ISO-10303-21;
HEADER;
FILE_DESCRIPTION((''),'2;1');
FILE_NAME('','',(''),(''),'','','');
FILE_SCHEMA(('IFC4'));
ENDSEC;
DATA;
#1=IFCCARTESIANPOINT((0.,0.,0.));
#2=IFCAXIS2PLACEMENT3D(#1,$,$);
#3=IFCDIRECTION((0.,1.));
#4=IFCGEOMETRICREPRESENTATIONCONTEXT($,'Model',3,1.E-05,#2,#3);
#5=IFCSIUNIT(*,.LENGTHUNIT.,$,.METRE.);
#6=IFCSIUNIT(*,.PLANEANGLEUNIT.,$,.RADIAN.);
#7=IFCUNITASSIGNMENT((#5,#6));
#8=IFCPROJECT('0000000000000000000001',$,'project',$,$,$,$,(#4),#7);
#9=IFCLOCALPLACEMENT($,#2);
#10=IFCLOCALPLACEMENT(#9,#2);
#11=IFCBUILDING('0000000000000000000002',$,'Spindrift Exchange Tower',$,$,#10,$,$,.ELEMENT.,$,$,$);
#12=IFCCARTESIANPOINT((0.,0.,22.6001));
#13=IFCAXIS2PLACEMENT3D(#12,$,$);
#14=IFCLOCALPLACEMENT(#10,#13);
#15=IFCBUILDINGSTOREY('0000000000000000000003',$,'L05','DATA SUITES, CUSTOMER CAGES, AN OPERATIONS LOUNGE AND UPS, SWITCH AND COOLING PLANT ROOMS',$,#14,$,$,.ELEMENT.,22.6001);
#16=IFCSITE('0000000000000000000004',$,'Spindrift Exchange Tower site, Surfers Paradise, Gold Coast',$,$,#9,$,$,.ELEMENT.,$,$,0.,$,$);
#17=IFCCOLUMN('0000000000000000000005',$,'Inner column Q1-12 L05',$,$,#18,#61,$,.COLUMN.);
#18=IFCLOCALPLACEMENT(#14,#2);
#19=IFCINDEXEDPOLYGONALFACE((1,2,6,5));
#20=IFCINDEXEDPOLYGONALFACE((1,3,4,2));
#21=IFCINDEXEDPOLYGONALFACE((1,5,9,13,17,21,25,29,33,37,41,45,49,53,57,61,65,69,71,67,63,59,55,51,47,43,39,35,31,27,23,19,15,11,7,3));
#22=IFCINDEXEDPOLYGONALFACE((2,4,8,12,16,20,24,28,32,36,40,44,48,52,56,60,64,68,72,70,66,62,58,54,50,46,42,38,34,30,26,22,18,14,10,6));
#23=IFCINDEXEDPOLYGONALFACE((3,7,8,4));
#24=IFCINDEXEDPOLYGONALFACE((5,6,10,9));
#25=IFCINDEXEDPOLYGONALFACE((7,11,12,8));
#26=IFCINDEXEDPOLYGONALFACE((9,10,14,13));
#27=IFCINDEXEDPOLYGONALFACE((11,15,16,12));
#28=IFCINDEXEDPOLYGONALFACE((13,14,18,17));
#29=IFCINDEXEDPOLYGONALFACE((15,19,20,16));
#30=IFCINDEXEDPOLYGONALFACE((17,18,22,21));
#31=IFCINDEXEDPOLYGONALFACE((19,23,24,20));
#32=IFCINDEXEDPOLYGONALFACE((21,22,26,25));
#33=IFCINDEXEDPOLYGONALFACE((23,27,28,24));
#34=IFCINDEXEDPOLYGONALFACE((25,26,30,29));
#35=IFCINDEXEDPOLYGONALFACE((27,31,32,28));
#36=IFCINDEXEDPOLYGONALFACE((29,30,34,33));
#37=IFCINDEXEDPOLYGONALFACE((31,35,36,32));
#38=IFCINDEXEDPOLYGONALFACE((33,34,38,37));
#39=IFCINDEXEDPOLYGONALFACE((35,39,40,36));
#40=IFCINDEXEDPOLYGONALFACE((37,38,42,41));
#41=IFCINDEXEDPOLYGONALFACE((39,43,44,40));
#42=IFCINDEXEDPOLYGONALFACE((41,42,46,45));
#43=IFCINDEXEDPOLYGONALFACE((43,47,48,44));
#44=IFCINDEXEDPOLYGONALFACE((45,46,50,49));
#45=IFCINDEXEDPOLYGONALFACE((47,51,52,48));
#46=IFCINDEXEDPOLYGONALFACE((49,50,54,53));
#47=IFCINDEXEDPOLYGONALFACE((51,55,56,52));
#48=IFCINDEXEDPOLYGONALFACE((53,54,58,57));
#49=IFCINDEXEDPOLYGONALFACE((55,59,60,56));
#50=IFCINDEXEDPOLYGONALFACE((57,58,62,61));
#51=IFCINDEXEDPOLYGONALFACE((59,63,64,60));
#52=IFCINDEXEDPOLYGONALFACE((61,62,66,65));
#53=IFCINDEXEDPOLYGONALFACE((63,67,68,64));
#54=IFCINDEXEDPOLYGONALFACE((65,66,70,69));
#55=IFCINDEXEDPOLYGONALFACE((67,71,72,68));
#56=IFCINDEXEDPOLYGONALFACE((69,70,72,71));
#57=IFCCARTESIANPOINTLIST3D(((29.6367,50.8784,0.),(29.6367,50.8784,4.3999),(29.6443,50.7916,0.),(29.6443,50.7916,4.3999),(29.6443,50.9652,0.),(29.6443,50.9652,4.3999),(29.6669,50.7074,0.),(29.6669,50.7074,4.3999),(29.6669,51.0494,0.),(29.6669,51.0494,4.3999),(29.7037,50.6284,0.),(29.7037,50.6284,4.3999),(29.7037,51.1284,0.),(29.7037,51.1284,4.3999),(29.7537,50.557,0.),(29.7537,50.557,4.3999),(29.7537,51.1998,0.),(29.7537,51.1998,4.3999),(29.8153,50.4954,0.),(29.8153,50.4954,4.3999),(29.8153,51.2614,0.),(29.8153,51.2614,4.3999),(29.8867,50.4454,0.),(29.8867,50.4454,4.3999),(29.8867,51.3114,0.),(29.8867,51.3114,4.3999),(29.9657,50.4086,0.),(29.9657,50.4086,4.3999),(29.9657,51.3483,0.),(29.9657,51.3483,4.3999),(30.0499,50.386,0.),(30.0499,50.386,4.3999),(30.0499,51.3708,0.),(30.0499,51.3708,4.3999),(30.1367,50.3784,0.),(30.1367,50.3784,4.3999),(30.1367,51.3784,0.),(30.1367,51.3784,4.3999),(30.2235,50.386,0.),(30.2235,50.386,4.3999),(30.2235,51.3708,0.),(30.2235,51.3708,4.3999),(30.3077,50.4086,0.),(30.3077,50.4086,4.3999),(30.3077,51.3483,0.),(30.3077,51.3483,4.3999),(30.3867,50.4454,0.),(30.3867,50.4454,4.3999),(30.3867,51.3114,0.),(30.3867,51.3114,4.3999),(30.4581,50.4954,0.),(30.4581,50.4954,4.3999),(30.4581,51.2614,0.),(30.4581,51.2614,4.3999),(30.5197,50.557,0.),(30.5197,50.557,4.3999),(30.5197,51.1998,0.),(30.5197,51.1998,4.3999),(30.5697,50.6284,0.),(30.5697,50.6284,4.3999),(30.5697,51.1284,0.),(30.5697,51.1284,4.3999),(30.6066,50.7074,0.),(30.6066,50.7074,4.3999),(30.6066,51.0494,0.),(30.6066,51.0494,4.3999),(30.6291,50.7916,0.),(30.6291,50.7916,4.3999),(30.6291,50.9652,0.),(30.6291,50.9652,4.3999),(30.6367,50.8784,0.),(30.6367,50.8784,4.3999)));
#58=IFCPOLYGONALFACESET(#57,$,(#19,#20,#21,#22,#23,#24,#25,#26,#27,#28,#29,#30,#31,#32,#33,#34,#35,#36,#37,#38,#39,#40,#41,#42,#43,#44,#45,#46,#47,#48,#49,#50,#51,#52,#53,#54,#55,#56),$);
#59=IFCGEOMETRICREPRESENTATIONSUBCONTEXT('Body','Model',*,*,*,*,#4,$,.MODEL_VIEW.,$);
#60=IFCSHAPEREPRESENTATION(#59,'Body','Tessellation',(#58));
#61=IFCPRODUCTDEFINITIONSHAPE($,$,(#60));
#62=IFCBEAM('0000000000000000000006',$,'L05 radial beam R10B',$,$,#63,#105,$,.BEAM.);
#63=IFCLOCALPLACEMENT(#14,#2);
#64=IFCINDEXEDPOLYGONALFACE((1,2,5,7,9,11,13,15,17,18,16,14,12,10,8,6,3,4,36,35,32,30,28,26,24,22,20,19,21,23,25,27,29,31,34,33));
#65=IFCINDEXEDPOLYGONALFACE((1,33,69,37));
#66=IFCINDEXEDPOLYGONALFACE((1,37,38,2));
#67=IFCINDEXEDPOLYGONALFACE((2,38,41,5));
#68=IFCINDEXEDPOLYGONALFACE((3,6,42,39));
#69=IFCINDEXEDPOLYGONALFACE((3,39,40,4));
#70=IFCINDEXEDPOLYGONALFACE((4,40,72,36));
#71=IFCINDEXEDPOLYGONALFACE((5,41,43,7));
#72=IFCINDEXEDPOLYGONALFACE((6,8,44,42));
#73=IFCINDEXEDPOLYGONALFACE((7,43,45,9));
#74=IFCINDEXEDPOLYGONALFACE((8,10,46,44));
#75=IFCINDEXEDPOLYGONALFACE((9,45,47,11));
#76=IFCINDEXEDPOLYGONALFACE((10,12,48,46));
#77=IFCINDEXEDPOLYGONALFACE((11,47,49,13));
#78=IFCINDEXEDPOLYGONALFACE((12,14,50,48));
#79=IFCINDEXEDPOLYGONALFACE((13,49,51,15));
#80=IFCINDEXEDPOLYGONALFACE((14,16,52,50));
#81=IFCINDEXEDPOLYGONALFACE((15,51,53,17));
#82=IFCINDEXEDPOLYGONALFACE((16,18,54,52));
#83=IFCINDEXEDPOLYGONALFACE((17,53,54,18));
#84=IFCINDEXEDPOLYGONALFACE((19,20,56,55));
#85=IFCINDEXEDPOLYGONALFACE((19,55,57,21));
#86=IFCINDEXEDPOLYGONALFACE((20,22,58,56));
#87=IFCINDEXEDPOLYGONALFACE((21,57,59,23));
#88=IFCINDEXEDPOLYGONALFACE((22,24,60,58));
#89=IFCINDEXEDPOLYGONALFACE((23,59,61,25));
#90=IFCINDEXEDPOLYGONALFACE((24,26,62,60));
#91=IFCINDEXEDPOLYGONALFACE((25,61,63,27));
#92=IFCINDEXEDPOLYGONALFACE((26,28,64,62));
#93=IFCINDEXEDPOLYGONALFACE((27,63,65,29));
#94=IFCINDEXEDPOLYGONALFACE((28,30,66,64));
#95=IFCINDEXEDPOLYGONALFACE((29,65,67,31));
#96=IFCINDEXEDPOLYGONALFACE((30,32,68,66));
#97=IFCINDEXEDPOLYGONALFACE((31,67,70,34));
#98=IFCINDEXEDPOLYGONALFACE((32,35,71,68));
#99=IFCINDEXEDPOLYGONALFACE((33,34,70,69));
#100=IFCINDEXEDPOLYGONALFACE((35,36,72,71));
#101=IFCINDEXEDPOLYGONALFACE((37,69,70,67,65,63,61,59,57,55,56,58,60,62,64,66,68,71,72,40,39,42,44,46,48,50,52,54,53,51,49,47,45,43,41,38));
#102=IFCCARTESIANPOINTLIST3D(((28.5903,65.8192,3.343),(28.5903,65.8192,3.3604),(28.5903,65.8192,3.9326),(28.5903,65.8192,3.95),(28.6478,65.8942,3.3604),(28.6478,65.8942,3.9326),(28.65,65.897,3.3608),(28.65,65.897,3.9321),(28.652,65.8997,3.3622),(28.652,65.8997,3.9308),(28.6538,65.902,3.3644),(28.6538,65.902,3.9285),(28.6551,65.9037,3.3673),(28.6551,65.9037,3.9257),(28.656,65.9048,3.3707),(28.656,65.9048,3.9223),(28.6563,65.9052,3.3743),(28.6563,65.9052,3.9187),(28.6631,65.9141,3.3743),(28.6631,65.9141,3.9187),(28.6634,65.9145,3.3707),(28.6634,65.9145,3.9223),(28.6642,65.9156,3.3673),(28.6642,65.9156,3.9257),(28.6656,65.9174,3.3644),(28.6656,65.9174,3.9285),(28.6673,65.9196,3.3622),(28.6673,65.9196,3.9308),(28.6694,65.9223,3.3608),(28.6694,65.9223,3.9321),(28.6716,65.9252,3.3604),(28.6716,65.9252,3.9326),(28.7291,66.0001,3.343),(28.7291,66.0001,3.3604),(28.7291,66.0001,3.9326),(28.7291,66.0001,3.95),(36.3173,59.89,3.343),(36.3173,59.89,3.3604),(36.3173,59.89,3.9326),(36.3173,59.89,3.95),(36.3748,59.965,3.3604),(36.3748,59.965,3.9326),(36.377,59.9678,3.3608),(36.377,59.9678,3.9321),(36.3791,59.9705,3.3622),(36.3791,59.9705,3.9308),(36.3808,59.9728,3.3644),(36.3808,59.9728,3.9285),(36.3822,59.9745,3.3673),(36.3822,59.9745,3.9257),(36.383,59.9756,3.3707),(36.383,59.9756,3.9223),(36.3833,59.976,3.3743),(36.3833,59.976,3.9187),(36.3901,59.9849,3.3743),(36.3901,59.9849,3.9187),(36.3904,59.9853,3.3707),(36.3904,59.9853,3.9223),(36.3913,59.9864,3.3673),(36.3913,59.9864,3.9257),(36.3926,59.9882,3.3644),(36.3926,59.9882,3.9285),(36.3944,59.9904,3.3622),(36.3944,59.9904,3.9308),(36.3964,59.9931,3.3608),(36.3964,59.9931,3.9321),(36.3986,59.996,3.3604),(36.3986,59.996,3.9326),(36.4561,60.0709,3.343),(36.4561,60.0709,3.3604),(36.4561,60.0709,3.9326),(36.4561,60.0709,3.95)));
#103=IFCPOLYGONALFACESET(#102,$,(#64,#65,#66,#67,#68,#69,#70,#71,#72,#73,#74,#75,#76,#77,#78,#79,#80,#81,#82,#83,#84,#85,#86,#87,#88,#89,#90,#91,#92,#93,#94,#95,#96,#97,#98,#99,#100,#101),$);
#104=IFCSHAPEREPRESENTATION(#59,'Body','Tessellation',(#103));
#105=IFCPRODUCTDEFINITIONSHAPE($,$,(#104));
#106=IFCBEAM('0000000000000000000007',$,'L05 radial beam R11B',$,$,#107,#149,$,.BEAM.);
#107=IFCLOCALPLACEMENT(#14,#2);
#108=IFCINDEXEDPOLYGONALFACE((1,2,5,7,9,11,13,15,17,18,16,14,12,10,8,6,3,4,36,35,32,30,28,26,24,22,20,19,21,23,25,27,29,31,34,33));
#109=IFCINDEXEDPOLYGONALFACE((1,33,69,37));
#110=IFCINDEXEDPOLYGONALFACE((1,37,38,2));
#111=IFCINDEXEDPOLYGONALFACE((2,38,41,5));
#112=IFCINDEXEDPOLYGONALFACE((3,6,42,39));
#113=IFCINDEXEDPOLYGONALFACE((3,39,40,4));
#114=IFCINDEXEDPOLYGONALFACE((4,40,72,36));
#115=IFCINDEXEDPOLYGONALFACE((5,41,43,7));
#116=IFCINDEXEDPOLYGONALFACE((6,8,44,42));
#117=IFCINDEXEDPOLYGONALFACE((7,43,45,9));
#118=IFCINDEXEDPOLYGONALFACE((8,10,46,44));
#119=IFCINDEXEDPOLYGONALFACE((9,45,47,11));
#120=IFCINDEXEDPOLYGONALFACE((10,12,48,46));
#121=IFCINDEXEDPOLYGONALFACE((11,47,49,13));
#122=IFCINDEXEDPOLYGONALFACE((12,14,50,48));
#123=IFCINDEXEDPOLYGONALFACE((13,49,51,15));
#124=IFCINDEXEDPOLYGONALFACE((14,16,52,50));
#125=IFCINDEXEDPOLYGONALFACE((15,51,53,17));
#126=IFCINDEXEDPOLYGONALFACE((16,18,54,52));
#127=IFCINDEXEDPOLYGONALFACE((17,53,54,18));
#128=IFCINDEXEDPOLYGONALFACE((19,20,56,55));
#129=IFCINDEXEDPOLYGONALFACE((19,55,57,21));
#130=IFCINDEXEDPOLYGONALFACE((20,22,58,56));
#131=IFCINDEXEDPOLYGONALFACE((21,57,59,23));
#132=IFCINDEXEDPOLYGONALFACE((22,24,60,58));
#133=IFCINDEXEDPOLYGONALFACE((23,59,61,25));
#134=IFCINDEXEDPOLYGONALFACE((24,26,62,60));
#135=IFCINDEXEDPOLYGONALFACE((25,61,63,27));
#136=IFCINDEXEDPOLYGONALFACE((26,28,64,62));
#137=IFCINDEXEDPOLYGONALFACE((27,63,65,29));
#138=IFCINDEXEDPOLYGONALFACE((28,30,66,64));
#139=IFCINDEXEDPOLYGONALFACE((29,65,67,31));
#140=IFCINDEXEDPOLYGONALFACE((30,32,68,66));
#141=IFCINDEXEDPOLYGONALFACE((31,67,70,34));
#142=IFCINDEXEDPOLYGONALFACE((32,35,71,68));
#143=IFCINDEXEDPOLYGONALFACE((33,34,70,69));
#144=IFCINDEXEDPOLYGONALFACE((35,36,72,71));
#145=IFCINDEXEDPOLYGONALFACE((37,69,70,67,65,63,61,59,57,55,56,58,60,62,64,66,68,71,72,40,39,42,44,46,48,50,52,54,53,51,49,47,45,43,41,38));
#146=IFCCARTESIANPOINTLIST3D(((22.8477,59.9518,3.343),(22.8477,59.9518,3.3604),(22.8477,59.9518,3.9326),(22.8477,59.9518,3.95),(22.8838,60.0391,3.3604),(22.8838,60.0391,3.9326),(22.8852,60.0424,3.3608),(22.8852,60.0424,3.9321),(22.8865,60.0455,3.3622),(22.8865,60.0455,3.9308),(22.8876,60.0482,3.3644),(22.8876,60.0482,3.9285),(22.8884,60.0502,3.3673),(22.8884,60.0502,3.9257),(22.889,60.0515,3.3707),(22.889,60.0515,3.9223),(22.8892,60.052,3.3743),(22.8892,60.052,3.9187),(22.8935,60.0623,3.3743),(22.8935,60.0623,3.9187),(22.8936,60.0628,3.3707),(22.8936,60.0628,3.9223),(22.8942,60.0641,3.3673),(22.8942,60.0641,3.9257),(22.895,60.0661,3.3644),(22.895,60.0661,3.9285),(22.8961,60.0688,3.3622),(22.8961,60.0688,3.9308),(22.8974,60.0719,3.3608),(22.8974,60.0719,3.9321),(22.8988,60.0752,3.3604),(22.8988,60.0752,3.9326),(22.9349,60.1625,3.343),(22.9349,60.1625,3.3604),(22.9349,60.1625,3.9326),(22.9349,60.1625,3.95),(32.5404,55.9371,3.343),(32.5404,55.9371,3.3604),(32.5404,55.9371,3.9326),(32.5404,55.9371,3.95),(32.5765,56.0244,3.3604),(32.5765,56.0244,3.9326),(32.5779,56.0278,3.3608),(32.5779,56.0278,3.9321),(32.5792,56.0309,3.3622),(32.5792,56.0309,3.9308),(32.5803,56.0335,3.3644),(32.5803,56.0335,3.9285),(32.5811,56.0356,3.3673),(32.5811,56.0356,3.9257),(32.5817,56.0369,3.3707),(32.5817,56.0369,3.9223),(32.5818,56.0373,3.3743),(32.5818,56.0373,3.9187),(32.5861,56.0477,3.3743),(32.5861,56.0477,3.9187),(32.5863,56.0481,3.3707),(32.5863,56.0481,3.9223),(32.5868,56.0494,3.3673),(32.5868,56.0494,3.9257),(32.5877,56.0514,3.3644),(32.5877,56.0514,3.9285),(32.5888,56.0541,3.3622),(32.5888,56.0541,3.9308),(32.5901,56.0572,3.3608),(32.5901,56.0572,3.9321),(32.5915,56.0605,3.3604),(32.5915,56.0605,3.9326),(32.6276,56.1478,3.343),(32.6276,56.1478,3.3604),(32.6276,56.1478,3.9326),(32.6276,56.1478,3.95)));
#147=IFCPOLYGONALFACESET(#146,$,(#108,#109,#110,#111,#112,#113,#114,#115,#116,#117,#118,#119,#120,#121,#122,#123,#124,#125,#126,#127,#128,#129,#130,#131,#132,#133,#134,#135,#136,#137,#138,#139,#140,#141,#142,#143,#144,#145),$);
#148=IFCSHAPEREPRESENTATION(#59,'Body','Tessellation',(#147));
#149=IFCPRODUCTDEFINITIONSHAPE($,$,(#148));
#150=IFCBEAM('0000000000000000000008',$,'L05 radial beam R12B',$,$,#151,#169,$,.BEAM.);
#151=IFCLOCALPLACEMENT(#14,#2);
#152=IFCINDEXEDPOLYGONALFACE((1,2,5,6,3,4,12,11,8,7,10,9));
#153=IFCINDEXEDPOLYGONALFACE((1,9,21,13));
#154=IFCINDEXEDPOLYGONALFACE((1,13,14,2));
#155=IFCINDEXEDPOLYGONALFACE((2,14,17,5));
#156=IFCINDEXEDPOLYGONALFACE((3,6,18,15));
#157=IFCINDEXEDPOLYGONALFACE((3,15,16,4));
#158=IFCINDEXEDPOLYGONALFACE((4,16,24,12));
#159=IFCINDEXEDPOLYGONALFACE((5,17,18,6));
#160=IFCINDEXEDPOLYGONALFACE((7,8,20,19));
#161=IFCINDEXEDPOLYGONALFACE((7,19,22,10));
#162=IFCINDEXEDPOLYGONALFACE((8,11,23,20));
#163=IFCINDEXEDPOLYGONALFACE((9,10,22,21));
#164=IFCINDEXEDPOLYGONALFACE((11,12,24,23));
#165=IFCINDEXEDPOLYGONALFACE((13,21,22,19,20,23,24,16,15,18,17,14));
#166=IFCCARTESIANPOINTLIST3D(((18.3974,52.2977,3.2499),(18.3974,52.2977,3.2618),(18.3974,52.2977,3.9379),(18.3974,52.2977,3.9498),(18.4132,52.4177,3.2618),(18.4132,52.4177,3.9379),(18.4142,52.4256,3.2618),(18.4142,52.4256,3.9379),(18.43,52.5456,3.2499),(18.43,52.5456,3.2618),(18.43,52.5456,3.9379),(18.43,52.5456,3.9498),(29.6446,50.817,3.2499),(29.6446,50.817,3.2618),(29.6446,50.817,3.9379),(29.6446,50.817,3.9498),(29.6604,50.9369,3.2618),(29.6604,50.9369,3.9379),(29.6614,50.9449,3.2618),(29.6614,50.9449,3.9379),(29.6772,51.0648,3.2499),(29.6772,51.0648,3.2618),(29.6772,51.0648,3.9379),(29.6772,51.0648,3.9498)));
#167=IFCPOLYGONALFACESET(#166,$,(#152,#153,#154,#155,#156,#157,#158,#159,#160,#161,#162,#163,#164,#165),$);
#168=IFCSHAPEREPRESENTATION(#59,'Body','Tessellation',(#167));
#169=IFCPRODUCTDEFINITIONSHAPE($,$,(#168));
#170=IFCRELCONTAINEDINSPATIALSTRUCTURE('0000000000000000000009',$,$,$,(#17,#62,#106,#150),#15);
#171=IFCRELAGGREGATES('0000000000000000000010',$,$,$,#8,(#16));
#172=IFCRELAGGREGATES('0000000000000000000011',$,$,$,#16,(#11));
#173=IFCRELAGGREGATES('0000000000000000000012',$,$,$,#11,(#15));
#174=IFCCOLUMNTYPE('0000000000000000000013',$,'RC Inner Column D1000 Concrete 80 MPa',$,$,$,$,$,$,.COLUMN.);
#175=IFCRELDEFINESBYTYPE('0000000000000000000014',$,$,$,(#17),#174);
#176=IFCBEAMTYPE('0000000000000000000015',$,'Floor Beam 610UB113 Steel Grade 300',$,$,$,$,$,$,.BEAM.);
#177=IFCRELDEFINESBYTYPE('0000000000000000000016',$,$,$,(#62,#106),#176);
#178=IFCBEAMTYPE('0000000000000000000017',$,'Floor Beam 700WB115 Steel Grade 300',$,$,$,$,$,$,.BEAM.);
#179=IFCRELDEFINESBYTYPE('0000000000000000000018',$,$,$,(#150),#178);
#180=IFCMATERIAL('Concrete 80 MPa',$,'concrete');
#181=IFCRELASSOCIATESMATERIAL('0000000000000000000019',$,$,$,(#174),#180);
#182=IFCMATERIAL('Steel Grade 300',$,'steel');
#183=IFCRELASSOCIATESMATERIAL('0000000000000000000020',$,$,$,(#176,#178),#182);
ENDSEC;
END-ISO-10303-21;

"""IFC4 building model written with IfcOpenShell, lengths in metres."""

from ifc_helpers import new_model, si_unit, direction, frame, origin, origin_2d, place, context, subcontext, project, spatial, circle, i_section, extrude, source, transform, mapped, material, material_profile, profile_set, type_object, element, save


model = new_model("IFC4")

# Units and contexts
model_context = context("Model", 3, precision=1e-05, world=origin(), true_north=direction((0.0, 1.0)))
body_context = subcontext(model_context, "Body", "Model", "MODEL_VIEW")
ifc_project = project(units=[si_unit("LENGTHUNIT", "METRE"), si_unit("PLANEANGLEUNIT", "RADIAN")], contexts=[model_context])

# Site, building, storey
site_placement = place(None, origin())
site = spatial("IfcSite", under=ifc_project, at=site_placement, Name="Spindrift Exchange Tower site, Surfers Paradise, Gold Coast", CompositionType="ELEMENT", RefElevation=0.0)
building_placement = place(site_placement, origin())
building = spatial("IfcBuilding", under=site, at=building_placement, Name="Spindrift Exchange Tower", CompositionType="ELEMENT")
storey_placement = place(building_placement, frame((0.0, 0.0, 22.6001)))
storey = spatial("IfcBuildingStorey", under=building, at=storey_placement, Name="L05", Description="DATA SUITES, CUSTOMER CAGES, AN OPERATIONS LOUNGE AND UPS, SWITCH AND COOLING PLANT ROOMS", CompositionType="ELEMENT", Elevation=22.6001)

# Column
ifc_material_1 = material(Name="Concrete 80 MPa", Category="concrete")
ifc_material_profile_1 = material_profile(ifc_material_1, circle(Radius=0.5, at=origin_2d()), Name="RC D1000")
ifc_profile_set_1 = profile_set([ifc_material_profile_1], Name="Concrete 80 MPa")
column_type_1 = type_object("IfcColumnType", Name="RC Inner Column D1000 Concrete 80 MPa", PredefinedType="COLUMN", material=ifc_profile_set_1)
shared_shape_1 = source(origin(), body_context, "Body", "SweptSolid", [
    extrude(circle(Radius=0.5, at=origin_2d()), origin(), (0.0, 0.0, 1.0), 4.3999),
])
for number, where, z_axis, x_axis, name in (
    (1, (30.1367, 50.8784, 0.0), (0.0, 0.0, 1.0), (1.0, 0.0, 0.0), "Inner column Q1-12 L05"),
):
    element("IfcColumn", number, at=place(storey_placement, frame(where, z_axis=z_axis, x_axis=x_axis)), inside=storey, type_object=column_type_1, Name=name, PredefinedType="COLUMN", context=body_context, shape_type="MappedRepresentation", body=[
        mapped(shared_shape_1, transform((0.0, 0.0, 0.0), scale=1.0)),
    ])

# Beams
ifc_material_2 = material(Name="Steel Grade 300", Category="steel")
ifc_material_profile_2 = material_profile(ifc_material_2, i_section(OverallWidth=0.228, OverallDepth=0.6069, WebThickness=0.0112, FlangeThickness=0.0173, FilletRadius=0.0139, at=origin_2d()), Name="610UB113")
ifc_profile_set_2 = profile_set([ifc_material_profile_2], Name="Steel Grade 300")
beam_type_1 = type_object("IfcBeamType", Name="Floor Beam 610UB113 Steel Grade 300", PredefinedType="BEAM", material=ifc_profile_set_2)
shared_shape_2 = source(origin(), body_context, "Body", "SweptSolid", [
    extrude(i_section(OverallWidth=0.228, OverallDepth=0.6069, WebThickness=0.0112, FlangeThickness=0.0173, FilletRadius=0.0139, at=origin_2d()), origin(), (0.0, 0.0, 1.0), 9.7397),
])
beam_1_placement = place(storey_placement, frame((36.3867, 59.9805, 3.6465), z_axis=(-0.793352, 0.608763, 0.0), x_axis=(-0.608763, -0.793352, 0.0)))
element("IfcBeam", 2, at=beam_1_placement, inside=storey, type_object=beam_type_1, Name="L05 radial beam R10B", PredefinedType="BEAM", context=body_context, shape_type="MappedRepresentation", body=[
    mapped(shared_shape_2, transform((0.0, 0.0, 0.0), scale=1.0)),
])
shared_shape_3 = source(origin(), body_context, "Body", "SweptSolid", [
    extrude(i_section(OverallWidth=0.228, OverallDepth=0.6069, WebThickness=0.0112, FlangeThickness=0.0173, FilletRadius=0.0139, at=origin_2d()), origin(), (0.0, 0.0, 1.0), 10.4912),
])
beam_2_placement = place(storey_placement, frame((32.584, 56.0425, 3.6465), z_axis=(-0.923885, 0.38267, 0.0), x_axis=(-0.38267, -0.923885, 0.0)))
element("IfcBeam", 3, at=beam_2_placement, inside=storey, type_object=beam_type_1, Name="L05 radial beam R11B", PredefinedType="BEAM", context=body_context, shape_type="MappedRepresentation", body=[
    mapped(shared_shape_3, transform((0.0, 0.0, 0.0), scale=1.0)),
])
ifc_material_profile_3 = material_profile(ifc_material_2, i_section(OverallWidth=0.25, OverallDepth=0.7, WebThickness=0.0081, FlangeThickness=0.012, at=origin_2d()), Name="700WB115")
ifc_profile_set_3 = profile_set([ifc_material_profile_3], Name="Steel Grade 300")
beam_type_2 = type_object("IfcBeamType", Name="Floor Beam 700WB115 Steel Grade 300", PredefinedType="BEAM", material=ifc_profile_set_3)
shared_shape_4 = source(origin(), body_context, "Body", "SweptSolid", [
    extrude(i_section(OverallWidth=0.25, OverallDepth=0.7, WebThickness=0.0081, FlangeThickness=0.012, at=origin_2d()), origin(), (0.0, 0.0, 1.0), 11.3442),
])
beam_3_placement = place(storey_placement, frame((29.6609, 50.9409, 3.5999), z_axis=(-0.991445, 0.130527, 0.0), x_axis=(-0.130527, -0.991445, 0.0)))
element("IfcBeam", 4, at=beam_3_placement, inside=storey, type_object=beam_type_2, Name="L05 radial beam R12B", PredefinedType="BEAM", context=body_context, shape_type="MappedRepresentation", body=[
    mapped(shared_shape_4, transform((0.0, 0.0, 0.0), scale=1.0)),
])

save(model, "model.ifc")
